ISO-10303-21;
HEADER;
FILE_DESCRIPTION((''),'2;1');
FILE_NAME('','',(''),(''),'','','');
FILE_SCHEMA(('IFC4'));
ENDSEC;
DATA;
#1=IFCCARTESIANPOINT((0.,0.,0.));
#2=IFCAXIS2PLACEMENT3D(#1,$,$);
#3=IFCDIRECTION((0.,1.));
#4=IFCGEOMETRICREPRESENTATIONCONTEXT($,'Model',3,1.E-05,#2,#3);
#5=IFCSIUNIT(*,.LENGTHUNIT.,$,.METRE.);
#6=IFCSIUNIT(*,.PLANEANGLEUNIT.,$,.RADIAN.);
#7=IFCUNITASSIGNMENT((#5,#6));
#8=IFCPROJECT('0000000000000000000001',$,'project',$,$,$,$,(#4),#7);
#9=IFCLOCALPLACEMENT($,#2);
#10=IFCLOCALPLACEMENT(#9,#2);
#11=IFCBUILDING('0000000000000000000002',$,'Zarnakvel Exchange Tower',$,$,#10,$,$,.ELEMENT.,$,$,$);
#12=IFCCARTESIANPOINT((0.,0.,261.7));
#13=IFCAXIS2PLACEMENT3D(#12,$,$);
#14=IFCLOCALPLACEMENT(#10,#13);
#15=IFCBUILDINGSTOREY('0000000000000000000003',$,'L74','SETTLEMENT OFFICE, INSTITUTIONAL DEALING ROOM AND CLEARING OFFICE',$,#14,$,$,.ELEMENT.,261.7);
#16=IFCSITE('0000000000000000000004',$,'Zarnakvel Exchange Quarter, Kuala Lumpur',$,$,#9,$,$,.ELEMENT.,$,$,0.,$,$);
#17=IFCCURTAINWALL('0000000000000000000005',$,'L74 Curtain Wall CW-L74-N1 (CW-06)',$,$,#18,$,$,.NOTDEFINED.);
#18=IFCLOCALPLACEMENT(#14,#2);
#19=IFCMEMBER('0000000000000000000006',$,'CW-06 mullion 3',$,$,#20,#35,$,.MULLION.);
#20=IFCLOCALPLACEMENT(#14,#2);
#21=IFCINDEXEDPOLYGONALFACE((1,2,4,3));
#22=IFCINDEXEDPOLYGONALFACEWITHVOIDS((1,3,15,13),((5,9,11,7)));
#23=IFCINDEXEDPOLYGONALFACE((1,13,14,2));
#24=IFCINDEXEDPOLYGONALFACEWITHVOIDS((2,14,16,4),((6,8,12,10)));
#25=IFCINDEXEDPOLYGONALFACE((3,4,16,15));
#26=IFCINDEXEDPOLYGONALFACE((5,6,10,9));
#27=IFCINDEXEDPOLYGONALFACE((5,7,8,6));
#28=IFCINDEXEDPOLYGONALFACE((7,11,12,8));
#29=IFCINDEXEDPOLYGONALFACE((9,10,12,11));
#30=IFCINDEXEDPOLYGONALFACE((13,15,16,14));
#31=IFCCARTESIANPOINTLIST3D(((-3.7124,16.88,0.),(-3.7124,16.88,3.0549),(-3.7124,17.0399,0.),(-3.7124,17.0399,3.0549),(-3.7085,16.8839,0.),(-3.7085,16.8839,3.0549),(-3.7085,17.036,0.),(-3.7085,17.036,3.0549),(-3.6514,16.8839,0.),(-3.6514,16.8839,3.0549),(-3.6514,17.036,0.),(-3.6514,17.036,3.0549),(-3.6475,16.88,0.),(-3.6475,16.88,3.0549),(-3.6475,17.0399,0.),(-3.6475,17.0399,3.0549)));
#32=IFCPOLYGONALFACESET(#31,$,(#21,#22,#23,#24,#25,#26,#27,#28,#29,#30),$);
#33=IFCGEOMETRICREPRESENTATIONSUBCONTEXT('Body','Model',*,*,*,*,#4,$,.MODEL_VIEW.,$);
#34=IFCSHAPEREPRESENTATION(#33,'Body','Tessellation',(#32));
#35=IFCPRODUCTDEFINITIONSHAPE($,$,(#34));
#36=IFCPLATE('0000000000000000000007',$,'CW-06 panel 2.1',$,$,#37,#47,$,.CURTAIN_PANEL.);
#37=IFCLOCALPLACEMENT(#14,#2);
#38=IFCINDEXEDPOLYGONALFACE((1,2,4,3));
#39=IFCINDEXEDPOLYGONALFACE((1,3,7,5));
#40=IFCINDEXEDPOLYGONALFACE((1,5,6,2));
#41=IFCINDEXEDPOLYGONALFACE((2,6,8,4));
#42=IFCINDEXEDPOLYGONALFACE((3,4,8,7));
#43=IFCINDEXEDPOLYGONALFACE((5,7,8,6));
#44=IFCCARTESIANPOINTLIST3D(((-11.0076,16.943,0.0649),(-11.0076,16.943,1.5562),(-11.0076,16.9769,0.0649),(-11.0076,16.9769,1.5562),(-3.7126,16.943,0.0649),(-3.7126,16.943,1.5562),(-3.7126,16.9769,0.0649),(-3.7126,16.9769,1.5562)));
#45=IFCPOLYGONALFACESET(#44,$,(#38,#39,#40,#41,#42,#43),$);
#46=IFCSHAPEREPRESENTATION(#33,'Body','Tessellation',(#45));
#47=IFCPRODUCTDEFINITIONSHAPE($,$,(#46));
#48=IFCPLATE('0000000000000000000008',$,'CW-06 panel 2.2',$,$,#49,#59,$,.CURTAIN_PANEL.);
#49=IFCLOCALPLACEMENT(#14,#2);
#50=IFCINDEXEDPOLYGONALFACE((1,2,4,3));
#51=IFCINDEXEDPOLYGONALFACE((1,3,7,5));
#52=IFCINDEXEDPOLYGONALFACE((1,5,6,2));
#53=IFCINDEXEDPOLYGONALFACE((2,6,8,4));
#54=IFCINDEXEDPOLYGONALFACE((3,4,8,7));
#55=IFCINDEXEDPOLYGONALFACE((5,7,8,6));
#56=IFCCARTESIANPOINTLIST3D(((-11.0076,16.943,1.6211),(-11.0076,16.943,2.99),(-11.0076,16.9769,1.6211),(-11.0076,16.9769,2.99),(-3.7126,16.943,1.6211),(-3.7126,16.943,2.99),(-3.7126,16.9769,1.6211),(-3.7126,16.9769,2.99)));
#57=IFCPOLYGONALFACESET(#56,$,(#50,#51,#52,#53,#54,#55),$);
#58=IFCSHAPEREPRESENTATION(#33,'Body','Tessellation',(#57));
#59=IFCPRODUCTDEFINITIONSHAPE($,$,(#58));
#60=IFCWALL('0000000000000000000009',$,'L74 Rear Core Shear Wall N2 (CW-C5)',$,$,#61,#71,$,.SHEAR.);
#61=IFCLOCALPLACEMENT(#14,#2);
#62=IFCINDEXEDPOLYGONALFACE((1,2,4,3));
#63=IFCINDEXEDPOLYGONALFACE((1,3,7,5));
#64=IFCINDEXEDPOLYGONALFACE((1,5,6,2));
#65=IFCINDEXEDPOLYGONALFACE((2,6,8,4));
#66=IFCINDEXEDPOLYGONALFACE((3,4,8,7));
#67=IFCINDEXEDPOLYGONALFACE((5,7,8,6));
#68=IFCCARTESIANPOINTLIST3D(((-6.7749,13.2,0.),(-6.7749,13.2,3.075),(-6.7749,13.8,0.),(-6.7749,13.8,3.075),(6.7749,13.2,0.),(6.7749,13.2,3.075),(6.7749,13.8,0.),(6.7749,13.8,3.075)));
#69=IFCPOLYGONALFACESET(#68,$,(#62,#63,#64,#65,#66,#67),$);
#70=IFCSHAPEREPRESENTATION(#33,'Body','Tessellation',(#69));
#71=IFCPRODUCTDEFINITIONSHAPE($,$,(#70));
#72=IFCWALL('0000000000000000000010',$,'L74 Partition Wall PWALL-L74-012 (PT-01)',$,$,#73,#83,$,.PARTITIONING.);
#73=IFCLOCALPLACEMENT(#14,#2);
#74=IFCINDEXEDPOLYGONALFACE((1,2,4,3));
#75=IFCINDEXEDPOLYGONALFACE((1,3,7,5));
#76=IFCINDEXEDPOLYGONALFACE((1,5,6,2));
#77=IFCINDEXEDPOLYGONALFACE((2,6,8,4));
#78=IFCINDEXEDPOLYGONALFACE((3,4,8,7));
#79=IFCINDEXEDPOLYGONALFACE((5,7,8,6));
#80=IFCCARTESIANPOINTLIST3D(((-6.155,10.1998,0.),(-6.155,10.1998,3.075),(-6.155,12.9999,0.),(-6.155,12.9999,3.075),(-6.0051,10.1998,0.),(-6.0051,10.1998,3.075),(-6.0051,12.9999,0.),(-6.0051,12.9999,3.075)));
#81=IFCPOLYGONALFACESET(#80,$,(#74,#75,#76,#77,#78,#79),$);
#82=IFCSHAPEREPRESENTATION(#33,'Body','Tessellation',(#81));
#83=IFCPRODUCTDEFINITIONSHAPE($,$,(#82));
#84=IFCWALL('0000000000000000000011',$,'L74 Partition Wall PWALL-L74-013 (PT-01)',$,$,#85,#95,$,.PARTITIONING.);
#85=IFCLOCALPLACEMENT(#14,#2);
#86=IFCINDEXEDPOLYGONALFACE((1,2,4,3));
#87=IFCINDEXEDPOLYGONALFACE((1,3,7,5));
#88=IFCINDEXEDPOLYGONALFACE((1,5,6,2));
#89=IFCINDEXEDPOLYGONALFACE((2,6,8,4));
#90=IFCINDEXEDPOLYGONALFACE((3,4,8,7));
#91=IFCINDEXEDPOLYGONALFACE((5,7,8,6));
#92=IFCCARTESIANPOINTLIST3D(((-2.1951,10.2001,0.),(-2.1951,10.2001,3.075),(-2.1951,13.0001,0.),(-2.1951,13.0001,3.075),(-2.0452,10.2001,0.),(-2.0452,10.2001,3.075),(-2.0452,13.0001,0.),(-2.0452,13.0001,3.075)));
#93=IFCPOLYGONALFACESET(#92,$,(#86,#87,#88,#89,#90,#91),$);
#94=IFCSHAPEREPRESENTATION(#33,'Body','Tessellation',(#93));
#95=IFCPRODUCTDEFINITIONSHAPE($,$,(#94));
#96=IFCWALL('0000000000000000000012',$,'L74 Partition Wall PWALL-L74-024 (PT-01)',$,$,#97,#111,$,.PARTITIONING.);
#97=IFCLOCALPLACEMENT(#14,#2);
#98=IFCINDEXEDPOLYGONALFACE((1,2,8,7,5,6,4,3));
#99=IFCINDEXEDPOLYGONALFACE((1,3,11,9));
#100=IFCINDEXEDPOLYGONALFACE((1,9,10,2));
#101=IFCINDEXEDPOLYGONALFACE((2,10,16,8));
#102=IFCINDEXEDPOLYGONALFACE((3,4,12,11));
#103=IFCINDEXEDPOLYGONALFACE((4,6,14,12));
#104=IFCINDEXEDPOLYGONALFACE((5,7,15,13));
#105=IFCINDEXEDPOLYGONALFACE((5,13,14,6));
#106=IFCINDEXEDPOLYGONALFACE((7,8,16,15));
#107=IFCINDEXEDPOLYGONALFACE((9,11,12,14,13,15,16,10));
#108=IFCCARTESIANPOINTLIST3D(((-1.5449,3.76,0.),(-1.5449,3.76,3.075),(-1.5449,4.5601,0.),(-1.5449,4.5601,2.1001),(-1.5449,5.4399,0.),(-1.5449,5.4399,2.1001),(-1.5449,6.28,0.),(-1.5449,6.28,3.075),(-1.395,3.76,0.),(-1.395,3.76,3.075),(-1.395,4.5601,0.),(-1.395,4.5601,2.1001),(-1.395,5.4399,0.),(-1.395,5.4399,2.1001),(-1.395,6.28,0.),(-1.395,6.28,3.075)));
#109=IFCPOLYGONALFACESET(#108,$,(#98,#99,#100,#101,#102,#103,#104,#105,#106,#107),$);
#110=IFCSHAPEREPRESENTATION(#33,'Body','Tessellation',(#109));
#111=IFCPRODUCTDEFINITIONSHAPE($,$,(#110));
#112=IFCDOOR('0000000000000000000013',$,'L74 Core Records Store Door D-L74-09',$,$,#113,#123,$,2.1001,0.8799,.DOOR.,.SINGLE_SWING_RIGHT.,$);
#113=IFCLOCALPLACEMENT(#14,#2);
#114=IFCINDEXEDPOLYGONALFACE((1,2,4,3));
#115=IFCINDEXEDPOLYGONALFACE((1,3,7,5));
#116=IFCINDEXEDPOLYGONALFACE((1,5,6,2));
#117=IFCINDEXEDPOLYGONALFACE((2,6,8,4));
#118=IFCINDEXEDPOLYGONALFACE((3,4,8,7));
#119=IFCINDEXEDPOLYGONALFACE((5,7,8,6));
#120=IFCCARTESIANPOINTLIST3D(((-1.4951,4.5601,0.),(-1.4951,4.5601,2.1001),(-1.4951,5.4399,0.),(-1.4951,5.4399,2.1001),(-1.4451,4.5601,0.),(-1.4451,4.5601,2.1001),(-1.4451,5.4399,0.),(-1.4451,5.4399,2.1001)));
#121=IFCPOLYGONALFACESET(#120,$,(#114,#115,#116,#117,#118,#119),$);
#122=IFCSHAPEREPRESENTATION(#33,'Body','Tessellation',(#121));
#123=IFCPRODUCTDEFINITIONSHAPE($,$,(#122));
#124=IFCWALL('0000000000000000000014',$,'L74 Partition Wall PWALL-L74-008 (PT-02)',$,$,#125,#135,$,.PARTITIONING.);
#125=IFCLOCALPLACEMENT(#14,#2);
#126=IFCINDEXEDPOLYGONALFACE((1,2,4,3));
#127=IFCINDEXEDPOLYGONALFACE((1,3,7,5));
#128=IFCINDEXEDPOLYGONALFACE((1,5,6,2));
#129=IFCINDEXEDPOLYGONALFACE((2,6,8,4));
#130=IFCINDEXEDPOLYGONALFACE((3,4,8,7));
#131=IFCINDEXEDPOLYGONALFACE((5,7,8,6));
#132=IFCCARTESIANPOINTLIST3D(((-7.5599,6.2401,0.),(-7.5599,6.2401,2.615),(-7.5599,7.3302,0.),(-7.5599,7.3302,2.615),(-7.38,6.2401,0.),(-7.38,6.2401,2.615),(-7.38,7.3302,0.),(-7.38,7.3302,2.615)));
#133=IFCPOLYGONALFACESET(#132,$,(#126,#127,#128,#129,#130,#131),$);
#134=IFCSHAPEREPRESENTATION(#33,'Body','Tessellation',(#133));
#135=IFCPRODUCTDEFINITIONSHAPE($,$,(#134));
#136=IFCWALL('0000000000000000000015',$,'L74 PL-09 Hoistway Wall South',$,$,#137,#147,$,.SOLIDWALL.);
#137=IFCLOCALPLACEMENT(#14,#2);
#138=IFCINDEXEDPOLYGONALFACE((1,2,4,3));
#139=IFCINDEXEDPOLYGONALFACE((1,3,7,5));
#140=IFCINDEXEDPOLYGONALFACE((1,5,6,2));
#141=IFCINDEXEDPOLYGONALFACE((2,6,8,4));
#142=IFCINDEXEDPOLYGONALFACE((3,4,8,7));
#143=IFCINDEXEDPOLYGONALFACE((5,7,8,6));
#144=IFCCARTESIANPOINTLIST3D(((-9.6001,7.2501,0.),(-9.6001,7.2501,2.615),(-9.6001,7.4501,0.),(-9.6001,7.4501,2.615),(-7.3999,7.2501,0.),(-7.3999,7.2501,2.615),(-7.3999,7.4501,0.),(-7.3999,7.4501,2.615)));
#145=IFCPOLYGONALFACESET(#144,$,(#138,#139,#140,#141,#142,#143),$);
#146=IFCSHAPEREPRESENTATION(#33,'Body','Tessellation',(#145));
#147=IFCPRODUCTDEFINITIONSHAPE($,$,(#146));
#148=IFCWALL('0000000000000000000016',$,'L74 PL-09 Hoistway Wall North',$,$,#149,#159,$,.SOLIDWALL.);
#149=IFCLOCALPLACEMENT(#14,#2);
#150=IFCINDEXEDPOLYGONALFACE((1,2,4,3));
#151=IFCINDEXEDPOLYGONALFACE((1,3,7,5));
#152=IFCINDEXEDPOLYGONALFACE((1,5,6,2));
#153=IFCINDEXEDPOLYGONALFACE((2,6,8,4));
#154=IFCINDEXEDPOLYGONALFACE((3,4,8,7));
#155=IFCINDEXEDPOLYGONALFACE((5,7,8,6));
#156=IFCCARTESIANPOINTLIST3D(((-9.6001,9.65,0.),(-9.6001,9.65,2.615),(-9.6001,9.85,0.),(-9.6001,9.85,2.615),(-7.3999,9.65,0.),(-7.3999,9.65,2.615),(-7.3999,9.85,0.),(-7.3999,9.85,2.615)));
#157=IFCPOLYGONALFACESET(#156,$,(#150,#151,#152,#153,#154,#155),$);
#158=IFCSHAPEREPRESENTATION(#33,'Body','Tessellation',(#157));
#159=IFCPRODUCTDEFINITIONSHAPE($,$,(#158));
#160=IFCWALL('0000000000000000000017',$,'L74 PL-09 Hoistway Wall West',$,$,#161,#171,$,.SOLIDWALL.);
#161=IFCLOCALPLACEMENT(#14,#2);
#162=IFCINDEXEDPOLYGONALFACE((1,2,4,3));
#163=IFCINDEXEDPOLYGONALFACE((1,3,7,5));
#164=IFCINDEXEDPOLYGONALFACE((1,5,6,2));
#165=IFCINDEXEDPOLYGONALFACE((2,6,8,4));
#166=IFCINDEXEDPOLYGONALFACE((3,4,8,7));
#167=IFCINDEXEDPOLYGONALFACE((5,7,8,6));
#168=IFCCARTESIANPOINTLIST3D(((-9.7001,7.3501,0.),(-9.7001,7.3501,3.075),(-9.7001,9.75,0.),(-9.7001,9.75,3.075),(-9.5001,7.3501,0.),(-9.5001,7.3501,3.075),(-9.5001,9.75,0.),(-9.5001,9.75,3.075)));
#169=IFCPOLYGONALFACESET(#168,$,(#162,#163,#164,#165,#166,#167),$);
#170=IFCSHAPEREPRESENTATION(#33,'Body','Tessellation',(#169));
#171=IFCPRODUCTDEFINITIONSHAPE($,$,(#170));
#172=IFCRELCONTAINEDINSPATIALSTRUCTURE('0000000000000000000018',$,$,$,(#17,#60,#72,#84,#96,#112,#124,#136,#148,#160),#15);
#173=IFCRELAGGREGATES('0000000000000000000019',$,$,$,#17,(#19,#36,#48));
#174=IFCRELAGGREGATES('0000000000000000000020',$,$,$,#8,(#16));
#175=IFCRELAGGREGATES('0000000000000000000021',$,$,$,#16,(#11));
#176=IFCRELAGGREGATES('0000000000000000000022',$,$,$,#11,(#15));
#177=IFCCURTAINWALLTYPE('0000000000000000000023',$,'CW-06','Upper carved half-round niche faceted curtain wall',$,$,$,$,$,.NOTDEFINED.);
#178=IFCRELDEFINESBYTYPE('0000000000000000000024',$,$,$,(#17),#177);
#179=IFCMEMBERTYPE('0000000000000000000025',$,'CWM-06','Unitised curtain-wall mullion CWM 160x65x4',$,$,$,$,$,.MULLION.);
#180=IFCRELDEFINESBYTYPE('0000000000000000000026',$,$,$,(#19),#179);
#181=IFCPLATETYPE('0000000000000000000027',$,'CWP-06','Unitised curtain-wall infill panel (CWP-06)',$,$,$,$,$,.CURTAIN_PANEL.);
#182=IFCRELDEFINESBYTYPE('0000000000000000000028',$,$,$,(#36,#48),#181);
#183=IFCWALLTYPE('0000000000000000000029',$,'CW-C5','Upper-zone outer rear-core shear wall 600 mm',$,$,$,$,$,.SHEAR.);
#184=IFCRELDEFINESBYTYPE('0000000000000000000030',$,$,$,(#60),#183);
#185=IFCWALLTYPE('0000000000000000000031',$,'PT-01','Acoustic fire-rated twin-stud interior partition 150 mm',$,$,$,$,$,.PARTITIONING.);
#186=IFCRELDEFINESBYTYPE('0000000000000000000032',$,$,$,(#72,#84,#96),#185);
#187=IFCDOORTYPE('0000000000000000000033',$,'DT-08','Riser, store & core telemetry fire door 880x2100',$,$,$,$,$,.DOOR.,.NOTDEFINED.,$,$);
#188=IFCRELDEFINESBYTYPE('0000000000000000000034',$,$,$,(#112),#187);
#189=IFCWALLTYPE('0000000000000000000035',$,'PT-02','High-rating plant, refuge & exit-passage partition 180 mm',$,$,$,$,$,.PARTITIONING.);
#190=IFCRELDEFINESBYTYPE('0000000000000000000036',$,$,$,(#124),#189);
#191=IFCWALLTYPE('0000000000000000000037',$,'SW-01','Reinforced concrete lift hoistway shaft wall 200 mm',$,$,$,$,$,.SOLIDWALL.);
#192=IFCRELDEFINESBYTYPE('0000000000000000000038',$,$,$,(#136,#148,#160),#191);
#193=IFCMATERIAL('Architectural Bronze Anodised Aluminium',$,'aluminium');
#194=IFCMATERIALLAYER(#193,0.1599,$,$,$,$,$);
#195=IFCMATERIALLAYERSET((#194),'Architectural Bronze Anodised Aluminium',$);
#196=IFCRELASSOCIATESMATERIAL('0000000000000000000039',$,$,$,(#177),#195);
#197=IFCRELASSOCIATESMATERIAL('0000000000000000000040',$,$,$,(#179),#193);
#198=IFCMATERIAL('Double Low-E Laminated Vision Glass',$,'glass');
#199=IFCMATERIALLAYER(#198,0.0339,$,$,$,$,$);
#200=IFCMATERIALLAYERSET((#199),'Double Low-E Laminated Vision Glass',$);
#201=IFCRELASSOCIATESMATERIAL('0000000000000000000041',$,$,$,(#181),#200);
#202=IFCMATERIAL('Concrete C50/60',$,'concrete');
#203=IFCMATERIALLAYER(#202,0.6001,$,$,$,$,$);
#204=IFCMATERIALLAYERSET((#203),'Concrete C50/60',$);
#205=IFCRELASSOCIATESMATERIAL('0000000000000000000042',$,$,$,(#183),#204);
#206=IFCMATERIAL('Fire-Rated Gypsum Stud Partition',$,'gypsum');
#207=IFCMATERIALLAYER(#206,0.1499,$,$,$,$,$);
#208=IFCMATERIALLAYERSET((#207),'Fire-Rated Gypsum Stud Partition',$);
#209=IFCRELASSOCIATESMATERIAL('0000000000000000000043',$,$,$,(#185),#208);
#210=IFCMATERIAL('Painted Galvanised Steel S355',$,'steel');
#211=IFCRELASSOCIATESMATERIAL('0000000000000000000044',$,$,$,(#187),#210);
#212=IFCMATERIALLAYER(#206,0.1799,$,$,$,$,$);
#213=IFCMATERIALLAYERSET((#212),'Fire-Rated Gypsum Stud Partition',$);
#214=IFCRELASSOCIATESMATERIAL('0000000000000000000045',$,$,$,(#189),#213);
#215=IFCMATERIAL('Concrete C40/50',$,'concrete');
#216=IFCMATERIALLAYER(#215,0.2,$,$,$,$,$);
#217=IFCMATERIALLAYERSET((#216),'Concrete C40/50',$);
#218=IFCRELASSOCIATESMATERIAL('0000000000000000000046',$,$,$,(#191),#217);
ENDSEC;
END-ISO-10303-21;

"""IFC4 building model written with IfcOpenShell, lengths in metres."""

from ifc_helpers import new_model, si_unit, direction, frame, frame_2d, origin, origin_2d, place, context, subcontext, project, spatial, rectangle, hollow_rectangle, extrude, source, transform, mapped, material, layer, layer_set, material_profile, profile_set, type_object, element, fill, aggregate, save


model = new_model("IFC4")

# Units and contexts
model_context = context("Model", 3, precision=1e-05, world=origin(), true_north=direction((0.0, 1.0)))
body_context = subcontext(model_context, "Body", "Model", "MODEL_VIEW")
ifc_project = project(units=[si_unit("LENGTHUNIT", "METRE"), si_unit("PLANEANGLEUNIT", "RADIAN")], contexts=[model_context])

# Site, building, storey
site_placement = place(None, origin())
site = spatial("IfcSite", under=ifc_project, at=site_placement, Name="Zarnakvel Exchange Quarter, Kuala Lumpur", CompositionType="ELEMENT", RefElevation=0.0)
building_placement = place(site_placement, origin())
building = spatial("IfcBuilding", under=site, at=building_placement, Name="Zarnakvel Exchange Tower", CompositionType="ELEMENT")
storey_placement = place(building_placement, frame((0.0, 0.0, 261.7)))
storey = spatial("IfcBuildingStorey", under=building, at=storey_placement, Name="L74", Description="SETTLEMENT OFFICE, INSTITUTIONAL DEALING ROOM AND CLEARING OFFICE", CompositionType="ELEMENT", Elevation=261.7)

# Shared definitions
ifc_material_1 = material(Name="Concrete C50/60", Category="concrete")

# Curtain wall, member, plates
ifc_material_2 = material(Name="Architectural Bronze Anodised Aluminium", Category="aluminium")
ifc_layer_1 = layer(ifc_material_2, 0.1599)
ifc_layer_set_1 = layer_set([ifc_layer_1], Name="Architectural Bronze Anodised Aluminium")
curtain_wall_type = type_object("IfcCurtainWallType", Name="CW-06", Description="Upper carved half-round niche faceted curtain wall", PredefinedType="NOTDEFINED", material=ifc_layer_set_1)
curtain_wall_placement = place(storey_placement, origin())
curtain_wall = element("IfcCurtainWall", 1, at=curtain_wall_placement, inside=storey, type_object=curtain_wall_type, Name="L74 Curtain Wall CW-L74-N1 (CW-06)", PredefinedType="NOTDEFINED")
ifc_material_profile_1 = material_profile(ifc_material_2, hollow_rectangle(XDim=0.1599, YDim=0.0649, WallThickness=0.0039, at=origin_2d()))
ifc_profile_set_1 = profile_set([ifc_material_profile_1], Name="Architectural Bronze Anodised Aluminium")
member_type_1 = type_object("IfcMemberType", Name="CWM-06", Description="Unitised curtain-wall mullion CWM 160x65x4", PredefinedType="MULLION", material=ifc_profile_set_1)
shared_shape_1 = source(origin(), body_context, "Body", "SweptSolid", [
    extrude(hollow_rectangle(XDim=0.1599, YDim=0.0649, WallThickness=0.0039, at=origin_2d()), origin(), (0.0, 0.0, 1.0), 3.0549),
])
member_1_placement = place(storey_placement, frame((-3.6799, 16.96, 0.0), z_axis=(0.0, 0.0, 1.0), x_axis=(0.0, 1.0, 0.0)))
member_1 = element("IfcMember", 2, at=member_1_placement, type_object=member_type_1, Name="CW-06 mullion 3", PredefinedType="MULLION", context=body_context, shape_type="MappedRepresentation", body=[
    mapped(shared_shape_1, transform((0.0, 0.0, 0.0), x_axis=(1.0, 0.0, 0.0), y_axis=(0.0, 1.0, 0.0), z_axis=(0.0, 0.0, 1.0), scale=1.0)),
])
ifc_material_3 = material(Name="Double Low-E Laminated Vision Glass", Category="glass")
ifc_layer_2 = layer(ifc_material_3, 0.0339)
ifc_layer_set_2 = layer_set([ifc_layer_2], Name="Double Low-E Laminated Vision Glass")
plate_type = type_object("IfcPlateType", Name="CWP-06", Description="Unitised curtain-wall infill panel (CWP-06)", PredefinedType="CURTAIN_PANEL", material=ifc_layer_set_2)
shared_shape_2 = source(origin(), body_context, "Body", "SweptSolid", [
    extrude(rectangle(XDim=7.2949, YDim=0.0339, at=origin_2d()), origin(), (0.0, 0.0, 1.0), 1.4912),
])
plate_1_placement = place(storey_placement, frame((-7.3601, 16.96, 0.0649), z_axis=(0.0, 0.0, 1.0), x_axis=(1.0, 0.0, 0.0)))
plate_1 = element("IfcPlate", 3, at=plate_1_placement, type_object=plate_type, Name="CW-06 panel 2.1", PredefinedType="CURTAIN_PANEL", context=body_context, shape_type="MappedRepresentation", body=[
    mapped(shared_shape_2, transform((0.0, 0.0, 0.0), x_axis=(1.0, 0.0, 0.0), y_axis=(0.0, 1.0, 0.0), z_axis=(0.0, 0.0, 1.0), scale=1.0)),
])
shared_shape_3 = source(origin(), body_context, "Body", "SweptSolid", [
    extrude(rectangle(XDim=7.2949, YDim=0.0339, at=origin_2d()), origin(), (0.0, 0.0, 1.0), 1.3689),
])
plate_2_placement = place(storey_placement, frame((-7.3601, 16.96, 1.6211), z_axis=(0.0, 0.0, 1.0), x_axis=(1.0, 0.0, 0.0)))
plate_2 = element("IfcPlate", 4, at=plate_2_placement, type_object=plate_type, Name="CW-06 panel 2.2", PredefinedType="CURTAIN_PANEL", context=body_context, shape_type="MappedRepresentation", body=[
    mapped(shared_shape_3, transform((0.0, 0.0, 0.0), x_axis=(1.0, 0.0, 0.0), y_axis=(0.0, 1.0, 0.0), z_axis=(0.0, 0.0, 1.0), scale=1.0)),
])
aggregate(curtain_wall, [member_1, plate_1, plate_2])

# Wall
ifc_layer_3 = layer(ifc_material_1, 0.6001)
ifc_layer_set_3 = layer_set([ifc_layer_3], Name="Concrete C50/60")
wall_type_1 = type_object("IfcWallType", Name="CW-C5", Description="Upper-zone outer rear-core shear wall 600 mm", PredefinedType="SHEAR", material=ifc_layer_set_3)
wall_1_placement = place(storey_placement, frame((-6.7749, 13.5, 0.0), z_axis=(0.0, 0.0, 1.0), x_axis=(1.0, 0.0, 0.0)))
element("IfcWall", 5, at=wall_1_placement, inside=storey, type_object=wall_type_1, Name="L74 Rear Core Shear Wall N2 (CW-C5)", PredefinedType="SHEAR", context=body_context, shape_type="SweptSolid", body=[
    extrude(rectangle(XDim=13.5498, YDim=0.6001, at=frame_2d((6.7749, 0.0))), origin(), (0.0, 0.0, 1.0), 3.075),
])

# Shared definitions
ifc_material_4 = material(Name="Fire-Rated Gypsum Stud Partition", Category="gypsum")
ifc_layer_4 = layer(ifc_material_4, 0.1499)
ifc_layer_set_4 = layer_set([ifc_layer_4], Name="Fire-Rated Gypsum Stud Partition")
wall_type_2 = type_object("IfcWallType", Name="PT-01", Description="Acoustic fire-rated twin-stud interior partition 150 mm", PredefinedType="PARTITIONING", material=ifc_layer_set_4)

# Walls
for number, where, z_axis, x_axis, name in (
    (6, (-6.0801, 10.2, 0.0), (0.0, 0.0, 1.0), (0.0, 1.0, 0.0), "L74 Partition Wall PWALL-L74-012 (PT-01)"),
    (7, (-2.1201, 13.0, 0.0), (0.0, 0.0, 1.0), (0.0, -1.0, 0.0), "L74 Partition Wall PWALL-L74-013 (PT-01)"),
):
    element("IfcWall", number, at=place(storey_placement, frame(where, z_axis=z_axis, x_axis=x_axis)), inside=storey, type_object=wall_type_2, Name=name, PredefinedType="PARTITIONING", context=body_context, shape_type="SweptSolid", body=[
        extrude(rectangle(XDim=2.8, YDim=0.1499, at=frame_2d((1.3999, 0.0))), origin(), (0.0, 0.0, 1.0), 3.075),
    ])

# Wall, opening, door
wall_2_placement = place(storey_placement, frame((-1.47, 6.28, 0.0), z_axis=(0.0, 0.0, 1.0), x_axis=(0.0, -1.0, 0.0)))
wall_2 = element("IfcWall", 8, at=wall_2_placement, inside=storey, type_object=wall_type_2, Name="L74 Partition Wall PWALL-L74-024 (PT-01)", PredefinedType="PARTITIONING", context=body_context, shape_type="SweptSolid", body=[
    extrude(rectangle(XDim=2.52, YDim=0.1499, at=frame_2d((1.26, 0.0))), origin(), (0.0, 0.0, 1.0), 3.075),
])
opening_1_placement = place(wall_2_placement, frame((0.8401, 0.0, 0.0)))
opening_1 = element("IfcOpeningElement", 9, at=opening_1_placement, cuts=wall_2, PredefinedType="OPENING", context=body_context, shape_type="SweptSolid", body=[
    extrude(rectangle(XDim=0.8799, YDim=2.1001, at=frame_2d((0.4399, 1.05))), frame((0.0, 0.085, 0.0), z_axis=(0.0, -1.0, 0.0), x_axis=(1.0, 0.0, 0.0)), (0.0, 0.0, 1.0), 0.1699),
])
ifc_material_5 = material(Name="Painted Galvanised Steel S355", Category="steel")
door_type_1 = type_object("IfcDoorType", Name="DT-08", Description="Riser, store & core telemetry fire door 880x2100", OperationType="NOTDEFINED", PredefinedType="DOOR", material=ifc_material_5)
shared_shape_4 = source(origin(), body_context, "Body", "SweptSolid", [
    extrude(rectangle(XDim=0.8799, YDim=2.1001, at=frame_2d((0.4399, 1.05))), frame((0.0, 0.0249, 0.0), z_axis=(0.0, -1.0, 0.0), x_axis=(1.0, 0.0, 0.0)), (0.0, 0.0, 1.0), 0.05),
])
door_1_placement = place(opening_1_placement, origin())
door_1 = element("IfcDoor", 10, at=door_1_placement, inside=storey, type_object=door_type_1, Name="L74 Core Records Store Door D-L74-09", OperationType="SINGLE_SWING_RIGHT", OverallHeight=2.1001, OverallWidth=0.8799, PredefinedType="DOOR", context=body_context, shape_type="MappedRepresentation", body=[
    mapped(shared_shape_4, transform((0.0, 0.0, 0.0), x_axis=(1.0, 0.0, 0.0), y_axis=(0.0, 1.0, 0.0), z_axis=(0.0, 0.0, 1.0), scale=1.0)),
])
fill(opening_1, door_1)

# Walls
ifc_layer_5 = layer(ifc_material_4, 0.1799)
ifc_layer_set_5 = layer_set([ifc_layer_5], Name="Fire-Rated Gypsum Stud Partition")
wall_type_3 = type_object("IfcWallType", Name="PT-02", Description="High-rating plant, refuge & exit-passage partition 180 mm", PredefinedType="PARTITIONING", material=ifc_layer_set_5)
wall_3_placement = place(storey_placement, frame((-7.47, 7.3301, 0.0), z_axis=(0.0, 0.0, 1.0), x_axis=(0.0, -1.0, 0.0)))
element("IfcWall", 11, at=wall_3_placement, inside=storey, type_object=wall_type_3, Name="L74 Partition Wall PWALL-L74-008 (PT-02)", PredefinedType="PARTITIONING", context=body_context, shape_type="SweptSolid", body=[
    extrude(rectangle(XDim=1.0901, YDim=0.1799, at=frame_2d((0.5449, 0.0))), origin(), (0.0, 0.0, 1.0), 2.615),
])
ifc_material_6 = material(Name="Concrete C40/50", Category="concrete")
ifc_layer_6 = layer(ifc_material_6, 0.2)
ifc_layer_set_6 = layer_set([ifc_layer_6], Name="Concrete C40/50")
wall_type_4 = type_object("IfcWallType", Name="SW-01", Description="Reinforced concrete lift hoistway shaft wall 200 mm", PredefinedType="SOLIDWALL", material=ifc_layer_set_6)
for number, where, z_axis, x_axis, name in (
    (12, (-7.3999, 7.3501, 0.0), (0.0, 0.0, 1.0), (-1.0, 0.0, 0.0), "L74 PL-09 Hoistway Wall South"),
    (13, (-9.6001, 9.75, 0.0), (0.0, 0.0, 1.0), (1.0, 0.0, 0.0), "L74 PL-09 Hoistway Wall North"),
):
    element("IfcWall", number, at=place(storey_placement, frame(where, z_axis=z_axis, x_axis=x_axis)), inside=storey, type_object=wall_type_4, Name=name, PredefinedType="SOLIDWALL", context=body_context, shape_type="SweptSolid", body=[
        extrude(rectangle(XDim=2.2002, YDim=0.2, at=frame_2d((1.1001, 0.0))), origin(), (0.0, 0.0, 1.0), 2.615),
    ])
wall_4_placement = place(storey_placement, frame((-9.6001, 7.3501, 0.0), z_axis=(0.0, 0.0, 1.0), x_axis=(0.0, 1.0, 0.0)))
element("IfcWall", 14, at=wall_4_placement, inside=storey, type_object=wall_type_4, Name="L74 PL-09 Hoistway Wall West", PredefinedType="SOLIDWALL", context=body_context, shape_type="SweptSolid", body=[
    extrude(rectangle(XDim=2.3999, YDim=0.2, at=frame_2d((1.2, 0.0))), origin(), (0.0, 0.0, 1.0), 3.075),
])

save(model, "model.ifc")
